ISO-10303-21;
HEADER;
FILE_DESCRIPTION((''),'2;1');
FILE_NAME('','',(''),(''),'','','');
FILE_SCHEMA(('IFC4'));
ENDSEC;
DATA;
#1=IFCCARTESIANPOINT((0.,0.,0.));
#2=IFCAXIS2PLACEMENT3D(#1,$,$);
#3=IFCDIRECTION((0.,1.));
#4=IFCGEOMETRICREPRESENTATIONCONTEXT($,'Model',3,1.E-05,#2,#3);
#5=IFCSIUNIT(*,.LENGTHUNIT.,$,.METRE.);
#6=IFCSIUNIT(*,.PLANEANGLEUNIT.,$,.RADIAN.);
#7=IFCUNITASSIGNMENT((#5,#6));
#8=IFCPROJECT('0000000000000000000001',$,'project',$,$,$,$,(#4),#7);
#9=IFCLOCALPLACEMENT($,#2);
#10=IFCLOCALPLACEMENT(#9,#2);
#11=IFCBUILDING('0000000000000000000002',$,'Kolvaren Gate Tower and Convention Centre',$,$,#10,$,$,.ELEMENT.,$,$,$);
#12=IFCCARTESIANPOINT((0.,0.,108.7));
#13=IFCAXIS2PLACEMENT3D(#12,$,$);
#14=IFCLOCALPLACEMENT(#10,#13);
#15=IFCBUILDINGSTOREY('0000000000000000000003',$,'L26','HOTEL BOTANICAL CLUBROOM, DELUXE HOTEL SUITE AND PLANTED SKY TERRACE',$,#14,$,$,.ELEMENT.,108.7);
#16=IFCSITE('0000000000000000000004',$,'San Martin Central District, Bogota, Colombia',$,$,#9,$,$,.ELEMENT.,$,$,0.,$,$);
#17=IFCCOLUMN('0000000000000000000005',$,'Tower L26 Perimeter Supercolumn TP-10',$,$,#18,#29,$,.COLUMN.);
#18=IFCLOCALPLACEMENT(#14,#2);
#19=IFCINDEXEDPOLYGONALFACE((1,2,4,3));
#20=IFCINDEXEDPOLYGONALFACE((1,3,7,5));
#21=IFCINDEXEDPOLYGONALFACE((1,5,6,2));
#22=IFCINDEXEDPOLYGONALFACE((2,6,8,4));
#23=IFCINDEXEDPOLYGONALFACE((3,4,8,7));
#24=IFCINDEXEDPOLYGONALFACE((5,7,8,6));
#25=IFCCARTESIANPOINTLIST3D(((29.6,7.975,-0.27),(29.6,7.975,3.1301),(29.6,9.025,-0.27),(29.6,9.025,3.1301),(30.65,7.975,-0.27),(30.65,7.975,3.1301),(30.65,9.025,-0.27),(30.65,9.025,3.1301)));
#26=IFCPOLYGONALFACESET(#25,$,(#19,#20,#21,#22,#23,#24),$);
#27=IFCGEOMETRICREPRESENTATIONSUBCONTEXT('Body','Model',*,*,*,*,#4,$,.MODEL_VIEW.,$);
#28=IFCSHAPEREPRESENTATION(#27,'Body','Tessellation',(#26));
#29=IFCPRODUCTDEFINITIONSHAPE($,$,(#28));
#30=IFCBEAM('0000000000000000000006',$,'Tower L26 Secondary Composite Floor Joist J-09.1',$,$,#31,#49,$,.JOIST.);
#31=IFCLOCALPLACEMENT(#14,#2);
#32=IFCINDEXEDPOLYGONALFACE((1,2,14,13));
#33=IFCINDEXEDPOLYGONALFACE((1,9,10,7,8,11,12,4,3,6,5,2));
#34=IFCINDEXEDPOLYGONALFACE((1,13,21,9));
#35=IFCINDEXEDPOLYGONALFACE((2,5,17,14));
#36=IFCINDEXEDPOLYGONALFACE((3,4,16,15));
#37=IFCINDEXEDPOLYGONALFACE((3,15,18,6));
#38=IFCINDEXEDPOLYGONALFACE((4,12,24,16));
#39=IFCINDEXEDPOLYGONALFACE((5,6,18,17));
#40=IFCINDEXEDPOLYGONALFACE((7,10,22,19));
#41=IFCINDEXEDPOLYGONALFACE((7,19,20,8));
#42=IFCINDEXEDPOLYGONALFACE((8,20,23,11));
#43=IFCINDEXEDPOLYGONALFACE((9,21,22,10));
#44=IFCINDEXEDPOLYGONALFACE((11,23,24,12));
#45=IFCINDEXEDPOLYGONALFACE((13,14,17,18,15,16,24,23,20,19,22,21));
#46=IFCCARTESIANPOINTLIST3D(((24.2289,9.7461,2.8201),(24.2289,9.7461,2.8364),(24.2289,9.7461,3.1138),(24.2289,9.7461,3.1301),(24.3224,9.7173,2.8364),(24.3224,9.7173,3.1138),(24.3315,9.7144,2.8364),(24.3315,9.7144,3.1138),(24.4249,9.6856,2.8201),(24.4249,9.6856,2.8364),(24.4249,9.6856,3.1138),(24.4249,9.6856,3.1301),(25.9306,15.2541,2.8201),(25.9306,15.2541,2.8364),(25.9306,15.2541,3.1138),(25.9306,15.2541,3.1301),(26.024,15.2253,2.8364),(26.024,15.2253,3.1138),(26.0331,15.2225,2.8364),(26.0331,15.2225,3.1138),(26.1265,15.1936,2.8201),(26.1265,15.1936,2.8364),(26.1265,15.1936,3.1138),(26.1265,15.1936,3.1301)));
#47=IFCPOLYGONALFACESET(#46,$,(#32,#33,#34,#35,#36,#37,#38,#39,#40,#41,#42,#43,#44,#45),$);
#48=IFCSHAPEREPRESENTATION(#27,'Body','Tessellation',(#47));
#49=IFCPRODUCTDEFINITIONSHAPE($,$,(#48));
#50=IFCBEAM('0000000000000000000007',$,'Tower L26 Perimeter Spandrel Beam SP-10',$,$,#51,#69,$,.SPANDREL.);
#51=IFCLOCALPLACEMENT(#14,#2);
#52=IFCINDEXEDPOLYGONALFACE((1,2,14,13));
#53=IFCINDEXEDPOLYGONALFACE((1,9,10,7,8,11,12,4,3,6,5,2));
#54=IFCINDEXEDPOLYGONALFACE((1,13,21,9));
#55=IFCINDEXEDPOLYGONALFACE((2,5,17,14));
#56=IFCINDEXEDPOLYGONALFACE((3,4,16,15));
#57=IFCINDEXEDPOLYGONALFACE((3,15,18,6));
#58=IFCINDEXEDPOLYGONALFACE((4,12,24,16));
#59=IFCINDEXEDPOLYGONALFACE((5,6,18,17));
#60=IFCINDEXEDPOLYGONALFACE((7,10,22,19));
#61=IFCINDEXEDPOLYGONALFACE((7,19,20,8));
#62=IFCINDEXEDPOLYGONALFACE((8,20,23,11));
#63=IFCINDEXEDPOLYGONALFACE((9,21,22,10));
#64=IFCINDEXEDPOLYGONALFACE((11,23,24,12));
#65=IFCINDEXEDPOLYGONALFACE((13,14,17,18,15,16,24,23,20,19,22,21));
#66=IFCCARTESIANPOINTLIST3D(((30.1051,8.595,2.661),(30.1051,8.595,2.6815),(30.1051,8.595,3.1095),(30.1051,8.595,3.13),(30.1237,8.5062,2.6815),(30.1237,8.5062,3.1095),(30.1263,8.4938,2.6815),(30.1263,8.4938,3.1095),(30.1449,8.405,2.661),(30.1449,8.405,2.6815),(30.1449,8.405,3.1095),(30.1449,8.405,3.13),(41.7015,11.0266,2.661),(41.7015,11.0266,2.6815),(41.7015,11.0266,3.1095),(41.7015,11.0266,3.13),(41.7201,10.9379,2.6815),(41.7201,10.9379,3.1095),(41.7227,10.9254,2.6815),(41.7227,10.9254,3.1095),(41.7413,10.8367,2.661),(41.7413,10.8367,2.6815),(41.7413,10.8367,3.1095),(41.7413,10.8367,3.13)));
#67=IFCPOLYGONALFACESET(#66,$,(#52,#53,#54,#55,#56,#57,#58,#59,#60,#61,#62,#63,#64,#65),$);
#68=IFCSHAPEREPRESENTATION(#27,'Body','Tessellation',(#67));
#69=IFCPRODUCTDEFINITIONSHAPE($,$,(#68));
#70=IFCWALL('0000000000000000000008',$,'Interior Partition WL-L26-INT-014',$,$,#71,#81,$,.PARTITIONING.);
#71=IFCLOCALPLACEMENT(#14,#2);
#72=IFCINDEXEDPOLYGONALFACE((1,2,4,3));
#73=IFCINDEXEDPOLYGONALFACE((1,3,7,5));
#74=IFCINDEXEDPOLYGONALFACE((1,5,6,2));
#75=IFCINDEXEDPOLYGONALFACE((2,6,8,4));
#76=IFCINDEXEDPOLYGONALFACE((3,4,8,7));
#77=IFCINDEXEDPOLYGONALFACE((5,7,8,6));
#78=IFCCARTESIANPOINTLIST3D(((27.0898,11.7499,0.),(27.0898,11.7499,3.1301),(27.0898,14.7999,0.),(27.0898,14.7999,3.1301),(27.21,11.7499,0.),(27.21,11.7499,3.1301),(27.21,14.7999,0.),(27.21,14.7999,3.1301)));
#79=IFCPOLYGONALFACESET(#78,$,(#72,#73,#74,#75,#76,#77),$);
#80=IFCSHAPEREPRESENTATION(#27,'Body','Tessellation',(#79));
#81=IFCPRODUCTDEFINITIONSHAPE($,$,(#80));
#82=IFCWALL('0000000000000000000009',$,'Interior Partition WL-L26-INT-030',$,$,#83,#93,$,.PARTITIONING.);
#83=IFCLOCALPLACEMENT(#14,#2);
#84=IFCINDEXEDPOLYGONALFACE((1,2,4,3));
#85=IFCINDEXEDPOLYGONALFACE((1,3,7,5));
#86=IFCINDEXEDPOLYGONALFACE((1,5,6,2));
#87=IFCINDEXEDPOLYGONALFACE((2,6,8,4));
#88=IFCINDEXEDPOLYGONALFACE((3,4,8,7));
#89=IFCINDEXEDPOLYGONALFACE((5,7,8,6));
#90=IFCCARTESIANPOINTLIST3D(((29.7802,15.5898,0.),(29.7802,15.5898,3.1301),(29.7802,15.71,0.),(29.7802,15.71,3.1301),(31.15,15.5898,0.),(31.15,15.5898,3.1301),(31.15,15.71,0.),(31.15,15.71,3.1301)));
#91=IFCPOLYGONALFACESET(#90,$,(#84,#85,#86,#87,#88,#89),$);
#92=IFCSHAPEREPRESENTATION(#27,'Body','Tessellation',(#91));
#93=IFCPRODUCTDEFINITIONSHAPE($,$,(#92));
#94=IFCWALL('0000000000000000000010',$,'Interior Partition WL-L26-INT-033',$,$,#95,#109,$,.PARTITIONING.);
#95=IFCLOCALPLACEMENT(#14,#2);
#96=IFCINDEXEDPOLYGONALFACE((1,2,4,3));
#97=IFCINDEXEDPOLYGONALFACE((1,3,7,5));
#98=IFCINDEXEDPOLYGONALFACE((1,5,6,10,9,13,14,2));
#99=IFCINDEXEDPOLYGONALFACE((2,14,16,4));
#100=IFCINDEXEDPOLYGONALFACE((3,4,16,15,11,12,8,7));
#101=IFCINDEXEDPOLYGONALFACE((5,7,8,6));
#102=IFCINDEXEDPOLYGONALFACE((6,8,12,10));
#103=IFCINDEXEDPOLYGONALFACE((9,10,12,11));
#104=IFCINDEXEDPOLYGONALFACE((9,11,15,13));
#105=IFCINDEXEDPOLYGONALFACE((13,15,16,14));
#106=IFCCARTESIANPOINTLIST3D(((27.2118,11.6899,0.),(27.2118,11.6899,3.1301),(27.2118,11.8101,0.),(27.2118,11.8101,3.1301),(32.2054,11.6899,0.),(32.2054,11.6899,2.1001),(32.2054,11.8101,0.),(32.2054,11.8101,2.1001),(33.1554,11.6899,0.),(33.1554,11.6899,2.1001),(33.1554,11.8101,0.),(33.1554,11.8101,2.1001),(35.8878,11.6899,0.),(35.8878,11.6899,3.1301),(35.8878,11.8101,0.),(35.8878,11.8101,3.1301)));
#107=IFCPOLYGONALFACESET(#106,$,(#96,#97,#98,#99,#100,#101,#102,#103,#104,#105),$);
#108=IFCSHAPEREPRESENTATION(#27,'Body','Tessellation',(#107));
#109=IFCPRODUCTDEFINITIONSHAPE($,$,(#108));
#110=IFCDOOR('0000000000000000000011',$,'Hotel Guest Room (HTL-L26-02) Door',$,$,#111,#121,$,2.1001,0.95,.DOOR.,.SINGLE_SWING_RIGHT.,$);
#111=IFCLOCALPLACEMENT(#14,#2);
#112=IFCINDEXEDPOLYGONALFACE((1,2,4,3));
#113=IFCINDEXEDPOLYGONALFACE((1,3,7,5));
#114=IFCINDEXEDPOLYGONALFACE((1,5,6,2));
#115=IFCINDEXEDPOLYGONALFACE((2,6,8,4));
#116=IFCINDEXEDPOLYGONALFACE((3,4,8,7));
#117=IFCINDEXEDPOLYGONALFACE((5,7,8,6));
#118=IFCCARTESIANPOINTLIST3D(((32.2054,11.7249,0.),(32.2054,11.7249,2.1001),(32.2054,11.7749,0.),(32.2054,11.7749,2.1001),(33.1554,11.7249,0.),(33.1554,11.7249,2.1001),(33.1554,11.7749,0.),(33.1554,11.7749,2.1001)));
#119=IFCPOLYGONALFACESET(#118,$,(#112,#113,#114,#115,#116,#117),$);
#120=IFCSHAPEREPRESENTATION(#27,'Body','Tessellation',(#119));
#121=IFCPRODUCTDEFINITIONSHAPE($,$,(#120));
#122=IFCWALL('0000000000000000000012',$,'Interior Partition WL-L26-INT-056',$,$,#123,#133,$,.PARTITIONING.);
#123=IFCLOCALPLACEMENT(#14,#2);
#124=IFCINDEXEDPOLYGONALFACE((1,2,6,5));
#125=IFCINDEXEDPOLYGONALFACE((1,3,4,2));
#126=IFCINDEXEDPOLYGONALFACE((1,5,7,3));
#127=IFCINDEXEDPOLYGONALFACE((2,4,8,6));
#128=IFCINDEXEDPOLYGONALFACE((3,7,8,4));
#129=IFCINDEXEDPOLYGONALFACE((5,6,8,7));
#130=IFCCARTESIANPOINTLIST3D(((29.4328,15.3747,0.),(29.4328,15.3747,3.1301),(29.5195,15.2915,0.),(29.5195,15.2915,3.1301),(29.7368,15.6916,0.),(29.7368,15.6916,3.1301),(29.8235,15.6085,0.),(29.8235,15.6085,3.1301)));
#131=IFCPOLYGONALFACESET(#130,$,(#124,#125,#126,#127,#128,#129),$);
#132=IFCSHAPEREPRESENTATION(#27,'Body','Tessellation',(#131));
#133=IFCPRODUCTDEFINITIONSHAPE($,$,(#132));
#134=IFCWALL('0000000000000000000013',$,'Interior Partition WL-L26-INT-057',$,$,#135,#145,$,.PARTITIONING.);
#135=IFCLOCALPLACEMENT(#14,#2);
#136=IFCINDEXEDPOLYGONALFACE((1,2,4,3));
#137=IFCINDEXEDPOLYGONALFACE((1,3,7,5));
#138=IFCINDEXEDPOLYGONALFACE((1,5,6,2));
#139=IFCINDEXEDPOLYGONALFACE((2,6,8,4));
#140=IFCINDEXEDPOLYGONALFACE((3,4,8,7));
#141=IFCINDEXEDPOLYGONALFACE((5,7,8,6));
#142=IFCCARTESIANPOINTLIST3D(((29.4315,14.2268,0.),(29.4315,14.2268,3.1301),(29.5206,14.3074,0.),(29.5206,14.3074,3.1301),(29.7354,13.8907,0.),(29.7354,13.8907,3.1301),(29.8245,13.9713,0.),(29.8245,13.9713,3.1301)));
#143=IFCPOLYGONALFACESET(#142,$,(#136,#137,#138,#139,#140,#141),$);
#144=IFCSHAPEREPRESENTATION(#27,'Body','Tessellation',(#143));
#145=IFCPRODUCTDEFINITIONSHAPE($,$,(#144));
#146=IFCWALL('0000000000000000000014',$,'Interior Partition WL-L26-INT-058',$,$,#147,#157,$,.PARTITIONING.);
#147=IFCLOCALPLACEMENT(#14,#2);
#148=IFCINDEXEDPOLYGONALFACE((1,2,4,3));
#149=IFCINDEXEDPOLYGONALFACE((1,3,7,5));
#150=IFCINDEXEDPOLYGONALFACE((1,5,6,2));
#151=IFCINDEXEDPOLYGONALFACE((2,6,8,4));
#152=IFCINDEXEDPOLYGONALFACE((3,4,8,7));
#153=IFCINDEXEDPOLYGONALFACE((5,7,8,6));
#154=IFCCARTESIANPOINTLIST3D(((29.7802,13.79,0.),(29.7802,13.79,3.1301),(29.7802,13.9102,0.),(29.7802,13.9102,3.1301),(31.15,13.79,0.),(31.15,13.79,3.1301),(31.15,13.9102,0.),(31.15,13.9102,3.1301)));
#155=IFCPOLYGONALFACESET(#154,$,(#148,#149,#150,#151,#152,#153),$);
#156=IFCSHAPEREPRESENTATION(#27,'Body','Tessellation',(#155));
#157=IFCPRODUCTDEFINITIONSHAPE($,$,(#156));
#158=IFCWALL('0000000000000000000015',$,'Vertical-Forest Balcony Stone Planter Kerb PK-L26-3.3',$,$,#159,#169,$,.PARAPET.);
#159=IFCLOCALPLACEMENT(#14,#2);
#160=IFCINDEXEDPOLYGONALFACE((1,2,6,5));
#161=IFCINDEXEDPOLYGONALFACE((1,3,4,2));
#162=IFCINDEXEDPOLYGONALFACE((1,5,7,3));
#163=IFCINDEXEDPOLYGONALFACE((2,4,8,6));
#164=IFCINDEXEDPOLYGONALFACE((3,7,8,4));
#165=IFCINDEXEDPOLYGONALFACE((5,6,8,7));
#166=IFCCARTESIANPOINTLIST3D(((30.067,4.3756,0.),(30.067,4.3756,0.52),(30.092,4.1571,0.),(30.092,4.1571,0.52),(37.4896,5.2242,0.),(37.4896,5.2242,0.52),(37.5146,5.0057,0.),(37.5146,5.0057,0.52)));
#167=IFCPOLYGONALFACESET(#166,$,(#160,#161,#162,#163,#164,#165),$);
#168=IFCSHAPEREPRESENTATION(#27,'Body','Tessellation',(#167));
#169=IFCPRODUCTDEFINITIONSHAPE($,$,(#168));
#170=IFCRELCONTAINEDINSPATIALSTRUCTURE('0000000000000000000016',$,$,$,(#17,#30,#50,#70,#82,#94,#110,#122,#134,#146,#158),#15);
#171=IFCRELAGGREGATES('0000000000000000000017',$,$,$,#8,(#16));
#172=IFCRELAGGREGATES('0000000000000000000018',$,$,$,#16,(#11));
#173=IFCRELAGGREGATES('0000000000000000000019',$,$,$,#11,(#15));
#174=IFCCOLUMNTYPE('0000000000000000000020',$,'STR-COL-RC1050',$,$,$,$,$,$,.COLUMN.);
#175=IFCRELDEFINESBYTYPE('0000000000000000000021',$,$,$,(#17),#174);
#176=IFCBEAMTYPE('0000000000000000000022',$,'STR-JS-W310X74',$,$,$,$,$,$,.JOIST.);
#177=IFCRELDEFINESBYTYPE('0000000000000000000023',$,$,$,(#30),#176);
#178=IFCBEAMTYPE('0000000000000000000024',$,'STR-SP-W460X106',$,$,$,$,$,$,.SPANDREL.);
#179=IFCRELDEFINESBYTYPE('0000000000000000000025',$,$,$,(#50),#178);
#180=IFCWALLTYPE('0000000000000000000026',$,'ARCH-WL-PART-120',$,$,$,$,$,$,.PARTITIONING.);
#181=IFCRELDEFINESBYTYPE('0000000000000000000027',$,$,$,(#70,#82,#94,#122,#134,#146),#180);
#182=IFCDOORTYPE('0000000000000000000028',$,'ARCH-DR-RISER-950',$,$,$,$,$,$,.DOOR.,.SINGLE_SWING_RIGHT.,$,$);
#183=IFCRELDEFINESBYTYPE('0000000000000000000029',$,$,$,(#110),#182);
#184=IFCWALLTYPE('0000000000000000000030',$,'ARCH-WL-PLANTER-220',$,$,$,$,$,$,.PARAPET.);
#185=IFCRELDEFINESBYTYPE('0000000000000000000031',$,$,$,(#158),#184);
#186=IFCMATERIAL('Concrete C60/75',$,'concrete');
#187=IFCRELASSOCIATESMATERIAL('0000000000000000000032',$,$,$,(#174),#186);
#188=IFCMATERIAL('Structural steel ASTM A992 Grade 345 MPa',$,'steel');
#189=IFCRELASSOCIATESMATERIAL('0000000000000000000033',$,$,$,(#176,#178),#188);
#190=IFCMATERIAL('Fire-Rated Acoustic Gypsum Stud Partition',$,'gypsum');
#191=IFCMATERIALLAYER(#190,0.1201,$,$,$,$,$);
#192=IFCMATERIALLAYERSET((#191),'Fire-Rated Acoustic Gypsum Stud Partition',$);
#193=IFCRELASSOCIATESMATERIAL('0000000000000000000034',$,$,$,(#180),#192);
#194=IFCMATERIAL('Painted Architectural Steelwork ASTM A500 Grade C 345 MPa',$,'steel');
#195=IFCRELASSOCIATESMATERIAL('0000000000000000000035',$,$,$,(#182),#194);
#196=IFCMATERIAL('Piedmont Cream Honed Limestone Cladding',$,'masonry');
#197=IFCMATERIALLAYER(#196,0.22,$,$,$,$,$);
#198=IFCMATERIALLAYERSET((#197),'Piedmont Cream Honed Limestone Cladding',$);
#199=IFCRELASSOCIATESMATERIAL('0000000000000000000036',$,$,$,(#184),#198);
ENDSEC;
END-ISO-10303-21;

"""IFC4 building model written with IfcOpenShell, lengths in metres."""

from ifc_helpers import new_model, si_unit, direction, frame, frame_2d, origin, origin_2d, place, context, subcontext, project, spatial, rectangle, i_section, extrude, material, layer, layer_set, material_profile, profile_set, type_object, element, fill, save


model = new_model("IFC4")

# Units and contexts
model_context = context("Model", 3, precision=1e-05, world=origin(), true_north=direction((0.0, 1.0)))
body_context = subcontext(model_context, "Body", "Model", "MODEL_VIEW")
ifc_project = project(units=[si_unit("LENGTHUNIT", "METRE"), si_unit("PLANEANGLEUNIT", "RADIAN")], contexts=[model_context])

# Site, building, storey
site_placement = place(None, origin())
site = spatial("IfcSite", under=ifc_project, at=site_placement, Name="San Martin Central District, Bogota, Colombia", CompositionType="ELEMENT", RefElevation=0.0)
building_placement = place(site_placement, origin())
building = spatial("IfcBuilding", under=site, at=building_placement, Name="Kolvaren Gate Tower and Convention Centre", CompositionType="ELEMENT")
storey_placement = place(building_placement, frame((0.0, 0.0, 108.7)))
storey = spatial("IfcBuildingStorey", under=building, at=storey_placement, Name="L26", Description="HOTEL BOTANICAL CLUBROOM, DELUXE HOTEL SUITE AND PLANTED SKY TERRACE", CompositionType="ELEMENT", Elevation=108.7)

# Column
ifc_material_1 = material(Name="Concrete C60/75", Category="concrete")
ifc_material_profile_1 = material_profile(ifc_material_1, rectangle(XDim=1.05, YDim=1.05, at=origin_2d()), Name="RC-COL-1050X1050")
ifc_profile_set_1 = profile_set([ifc_material_profile_1], Name="Concrete C60/75")
column_type = type_object("IfcColumnType", Name="STR-COL-RC1050", PredefinedType="COLUMN", material=ifc_profile_set_1)
column_placement = place(storey_placement, frame((30.125, 8.5, -0.27), z_axis=(0.0, 0.0, 1.0), x_axis=(1.0, 0.0, 0.0)))
element("IfcColumn", 1, at=column_placement, inside=storey, type_object=column_type, Name="Tower L26 Perimeter Supercolumn TP-10", PredefinedType="COLUMN", context=body_context, shape_type="SweptSolid", body=[
    extrude(rectangle(XDim=1.05, YDim=1.05, at=origin_2d()), origin(), (0.0, 0.0, 1.0), 3.4001),
])

# Beams
ifc_material_2 = material(Name="Structural steel ASTM A992 Grade 345 MPa", Category="steel")
ifc_material_profile_2 = material_profile(ifc_material_2, i_section(OverallWidth=0.2051, OverallDepth=0.3101, WebThickness=0.0095, FlangeThickness=0.0164, at=origin_2d()), Name="W310X74")
ifc_profile_set_2 = profile_set([ifc_material_profile_2], Name="Structural steel ASTM A992 Grade 345 MPa")
beam_type_1 = type_object("IfcBeamType", Name="STR-JS-W310X74", PredefinedType="JOIST", material=ifc_profile_set_2)
beam_1_placement = place(storey_placement, frame((26.0286, 15.2239, 2.9751), z_axis=(-0.295175, -0.955443, 0.0), x_axis=(0.955443, -0.295175, 0.0)))
element("IfcBeam", 2, at=beam_1_placement, inside=storey, type_object=beam_type_1, Name="Tower L26 Secondary Composite Floor Joist J-09.1", PredefinedType="JOIST", context=body_context, shape_type="SweptSolid", body=[
    extrude(i_section(OverallWidth=0.2051, OverallDepth=0.3101, WebThickness=0.0095, FlangeThickness=0.0164, at=origin_2d()), origin(), (0.0, 0.0, 1.0), 5.7649),
])
ifc_material_profile_3 = material_profile(ifc_material_2, i_section(OverallWidth=0.1941, OverallDepth=0.469, WebThickness=0.0127, FlangeThickness=0.0205, at=origin_2d()), Name="W460X106")
ifc_profile_set_3 = profile_set([ifc_material_profile_3], Name="Structural steel ASTM A992 Grade 345 MPa")
beam_type_2 = type_object("IfcBeamType", Name="STR-SP-W460X106", PredefinedType="SPANDREL", material=ifc_profile_set_3)
beam_2_placement = place(storey_placement, frame((30.125, 8.5, 2.8955), z_axis=(0.978715, 0.205225, 0.0), x_axis=(-0.205225, 0.978715, 0.0)))
element("IfcBeam", 3, at=beam_2_placement, inside=storey, type_object=beam_type_2, Name="Tower L26 Perimeter Spandrel Beam SP-10", PredefinedType="SPANDREL", context=body_context, shape_type="SweptSolid", body=[
    extrude(i_section(OverallWidth=0.1941, OverallDepth=0.469, WebThickness=0.0127, FlangeThickness=0.0205, at=origin_2d()), origin(), (0.0, 0.0, 1.0), 11.8486),
])

# Walls
ifc_material_3 = material(Name="Fire-Rated Acoustic Gypsum Stud Partition", Category="gypsum")
ifc_layer_1 = layer(ifc_material_3, 0.1201)
ifc_layer_set_1 = layer_set([ifc_layer_1], Name="Fire-Rated Acoustic Gypsum Stud Partition")
wall_type_1 = type_object("IfcWallType", Name="ARCH-WL-PART-120", PredefinedType="PARTITIONING", material=ifc_layer_set_1)
wall_1_placement = place(storey_placement, frame((27.1499, 11.75, 0.0), z_axis=(0.0, 0.0, 1.0), x_axis=(0.0, 1.0, 0.0)))
element("IfcWall", 4, at=wall_1_placement, inside=storey, type_object=wall_type_1, Name="Interior Partition WL-L26-INT-014", PredefinedType="PARTITIONING", context=body_context, shape_type="SweptSolid", body=[
    extrude(rectangle(XDim=3.05, YDim=0.1201, at=frame_2d((1.5249, 0.0))), origin(), (0.0, 0.0, 1.0), 3.1301),
])
wall_2_placement = place(storey_placement, frame((29.78, 15.6499, 0.0), z_axis=(0.0, 0.0, 1.0), x_axis=(1.0, 0.0, 0.0)))
element("IfcWall", 5, at=wall_2_placement, inside=storey, type_object=wall_type_1, Name="Interior Partition WL-L26-INT-030", PredefinedType="PARTITIONING", context=body_context, shape_type="SweptSolid", body=[
    extrude(rectangle(XDim=1.3699, YDim=0.1201, at=frame_2d((0.6851, 0.0))), origin(), (0.0, 0.0, 1.0), 3.1301),
])

# Wall, opening, door
wall_3_placement = place(storey_placement, frame((27.2119, 11.75, 0.0), z_axis=(0.0, 0.0, 1.0), x_axis=(1.0, 0.0, 0.0)))
wall_3 = element("IfcWall", 6, at=wall_3_placement, inside=storey, type_object=wall_type_1, Name="Interior Partition WL-L26-INT-033", PredefinedType="PARTITIONING", context=body_context, shape_type="SweptSolid", body=[
    extrude(rectangle(XDim=8.676, YDim=0.1201, at=frame_2d((4.3379, 0.0))), origin(), (0.0, 0.0, 1.0), 3.1301),
])
opening_1_placement = place(wall_3_placement, frame((4.9934, 0.0, 0.0)))
opening_1 = element("IfcOpeningElement", 7, at=opening_1_placement, cuts=wall_3, PredefinedType="OPENING", context=body_context, shape_type="SweptSolid", body=[
    extrude(rectangle(XDim=0.95, YDim=2.1001, at=frame_2d((0.4751, 1.05))), frame((0.0, 0.0701, 0.0), z_axis=(0.0, -1.0, 0.0), x_axis=(1.0, 0.0, 0.0)), (0.0, 0.0, 1.0), 0.1401),
])
ifc_material_4 = material(Name="Painted Architectural Steelwork ASTM A500 Grade C 345 MPa", Category="steel")
door_type_1 = type_object("IfcDoorType", Name="ARCH-DR-RISER-950", OperationType="SINGLE_SWING_RIGHT", PredefinedType="DOOR", material=ifc_material_4)
door_1_placement = place(opening_1_placement, origin())
door_1 = element("IfcDoor", 8, at=door_1_placement, inside=storey, type_object=door_type_1, Name="Hotel Guest Room (HTL-L26-02) Door", OperationType="SINGLE_SWING_RIGHT", OverallHeight=2.1001, OverallWidth=0.95, PredefinedType="DOOR", context=body_context, shape_type="SweptSolid", body=[
    extrude(rectangle(XDim=0.95, YDim=2.1001, at=frame_2d((0.4751, 1.05))), frame((0.0, 0.0249, 0.0), z_axis=(0.0, -1.0, 0.0), x_axis=(1.0, 0.0, 0.0)), (0.0, 0.0, 1.0), 0.05),
])
fill(opening_1, door_1)

# Walls
wall_4_placement = place(storey_placement, frame((29.4761, 15.333, 0.0), z_axis=(0.0, 0.0, 1.0), x_axis=(0.692219, 0.721687, 0.0)))
element("IfcWall", 9, at=wall_4_placement, inside=storey, type_object=wall_type_1, Name="Interior Partition WL-L26-INT-056", PredefinedType="PARTITIONING", context=body_context, shape_type="SweptSolid", body=[
    extrude(rectangle(XDim=0.4392, YDim=0.1201, at=frame_2d((0.2197, 0.0))), origin(), (0.0, 0.0, 1.0), 3.1301),
])
wall_5_placement = place(storey_placement, frame((29.4761, 14.2671, 0.0), z_axis=(0.0, 0.0, 1.0), x_axis=(0.670659, -0.741765, 0.0)))
element("IfcWall", 10, at=wall_5_placement, inside=storey, type_object=wall_type_1, Name="Interior Partition WL-L26-INT-057", PredefinedType="PARTITIONING", context=body_context, shape_type="SweptSolid", body=[
    extrude(rectangle(XDim=0.4531, YDim=0.1201, at=frame_2d((0.2266, 0.0))), origin(), (0.0, 0.0, 1.0), 3.1301),
])
wall_6_placement = place(storey_placement, frame((29.78, 13.8501, 0.0), z_axis=(0.0, 0.0, 1.0), x_axis=(1.0, 0.0, 0.0)))
element("IfcWall", 11, at=wall_6_placement, inside=storey, type_object=wall_type_1, Name="Interior Partition WL-L26-INT-058", PredefinedType="PARTITIONING", context=body_context, shape_type="SweptSolid", body=[
    extrude(rectangle(XDim=1.3699, YDim=0.1201, at=frame_2d((0.6851, 0.0))), origin(), (0.0, 0.0, 1.0), 3.1301),
])
ifc_material_5 = material(Name="Piedmont Cream Honed Limestone Cladding", Category="masonry")
ifc_layer_2 = layer(ifc_material_5, 0.22)
ifc_layer_set_2 = layer_set([ifc_layer_2], Name="Piedmont Cream Honed Limestone Cladding")
wall_type_2 = type_object("IfcWallType", Name="ARCH-WL-PLANTER-220", PredefinedType="PARAPET", material=ifc_layer_set_2)
wall_7_placement = place(storey_placement, frame((30.0796, 4.2664, 0.0), z_axis=(0.0, 0.0, 1.0), x_axis=(0.993528, 0.113591, 0.0)))
element("IfcWall", 12, at=wall_7_placement, inside=storey, type_object=wall_type_2, Name="Vertical-Forest Balcony Stone Planter Kerb PK-L26-3.3", PredefinedType="PARAPET", context=body_context, shape_type="SweptSolid", body=[
    extrude(rectangle(XDim=7.4709, YDim=0.22, at=frame_2d((3.7354, 0.0))), origin(), (0.0, 0.0, 1.0), 0.52),
])

save(model, "model.ifc")
